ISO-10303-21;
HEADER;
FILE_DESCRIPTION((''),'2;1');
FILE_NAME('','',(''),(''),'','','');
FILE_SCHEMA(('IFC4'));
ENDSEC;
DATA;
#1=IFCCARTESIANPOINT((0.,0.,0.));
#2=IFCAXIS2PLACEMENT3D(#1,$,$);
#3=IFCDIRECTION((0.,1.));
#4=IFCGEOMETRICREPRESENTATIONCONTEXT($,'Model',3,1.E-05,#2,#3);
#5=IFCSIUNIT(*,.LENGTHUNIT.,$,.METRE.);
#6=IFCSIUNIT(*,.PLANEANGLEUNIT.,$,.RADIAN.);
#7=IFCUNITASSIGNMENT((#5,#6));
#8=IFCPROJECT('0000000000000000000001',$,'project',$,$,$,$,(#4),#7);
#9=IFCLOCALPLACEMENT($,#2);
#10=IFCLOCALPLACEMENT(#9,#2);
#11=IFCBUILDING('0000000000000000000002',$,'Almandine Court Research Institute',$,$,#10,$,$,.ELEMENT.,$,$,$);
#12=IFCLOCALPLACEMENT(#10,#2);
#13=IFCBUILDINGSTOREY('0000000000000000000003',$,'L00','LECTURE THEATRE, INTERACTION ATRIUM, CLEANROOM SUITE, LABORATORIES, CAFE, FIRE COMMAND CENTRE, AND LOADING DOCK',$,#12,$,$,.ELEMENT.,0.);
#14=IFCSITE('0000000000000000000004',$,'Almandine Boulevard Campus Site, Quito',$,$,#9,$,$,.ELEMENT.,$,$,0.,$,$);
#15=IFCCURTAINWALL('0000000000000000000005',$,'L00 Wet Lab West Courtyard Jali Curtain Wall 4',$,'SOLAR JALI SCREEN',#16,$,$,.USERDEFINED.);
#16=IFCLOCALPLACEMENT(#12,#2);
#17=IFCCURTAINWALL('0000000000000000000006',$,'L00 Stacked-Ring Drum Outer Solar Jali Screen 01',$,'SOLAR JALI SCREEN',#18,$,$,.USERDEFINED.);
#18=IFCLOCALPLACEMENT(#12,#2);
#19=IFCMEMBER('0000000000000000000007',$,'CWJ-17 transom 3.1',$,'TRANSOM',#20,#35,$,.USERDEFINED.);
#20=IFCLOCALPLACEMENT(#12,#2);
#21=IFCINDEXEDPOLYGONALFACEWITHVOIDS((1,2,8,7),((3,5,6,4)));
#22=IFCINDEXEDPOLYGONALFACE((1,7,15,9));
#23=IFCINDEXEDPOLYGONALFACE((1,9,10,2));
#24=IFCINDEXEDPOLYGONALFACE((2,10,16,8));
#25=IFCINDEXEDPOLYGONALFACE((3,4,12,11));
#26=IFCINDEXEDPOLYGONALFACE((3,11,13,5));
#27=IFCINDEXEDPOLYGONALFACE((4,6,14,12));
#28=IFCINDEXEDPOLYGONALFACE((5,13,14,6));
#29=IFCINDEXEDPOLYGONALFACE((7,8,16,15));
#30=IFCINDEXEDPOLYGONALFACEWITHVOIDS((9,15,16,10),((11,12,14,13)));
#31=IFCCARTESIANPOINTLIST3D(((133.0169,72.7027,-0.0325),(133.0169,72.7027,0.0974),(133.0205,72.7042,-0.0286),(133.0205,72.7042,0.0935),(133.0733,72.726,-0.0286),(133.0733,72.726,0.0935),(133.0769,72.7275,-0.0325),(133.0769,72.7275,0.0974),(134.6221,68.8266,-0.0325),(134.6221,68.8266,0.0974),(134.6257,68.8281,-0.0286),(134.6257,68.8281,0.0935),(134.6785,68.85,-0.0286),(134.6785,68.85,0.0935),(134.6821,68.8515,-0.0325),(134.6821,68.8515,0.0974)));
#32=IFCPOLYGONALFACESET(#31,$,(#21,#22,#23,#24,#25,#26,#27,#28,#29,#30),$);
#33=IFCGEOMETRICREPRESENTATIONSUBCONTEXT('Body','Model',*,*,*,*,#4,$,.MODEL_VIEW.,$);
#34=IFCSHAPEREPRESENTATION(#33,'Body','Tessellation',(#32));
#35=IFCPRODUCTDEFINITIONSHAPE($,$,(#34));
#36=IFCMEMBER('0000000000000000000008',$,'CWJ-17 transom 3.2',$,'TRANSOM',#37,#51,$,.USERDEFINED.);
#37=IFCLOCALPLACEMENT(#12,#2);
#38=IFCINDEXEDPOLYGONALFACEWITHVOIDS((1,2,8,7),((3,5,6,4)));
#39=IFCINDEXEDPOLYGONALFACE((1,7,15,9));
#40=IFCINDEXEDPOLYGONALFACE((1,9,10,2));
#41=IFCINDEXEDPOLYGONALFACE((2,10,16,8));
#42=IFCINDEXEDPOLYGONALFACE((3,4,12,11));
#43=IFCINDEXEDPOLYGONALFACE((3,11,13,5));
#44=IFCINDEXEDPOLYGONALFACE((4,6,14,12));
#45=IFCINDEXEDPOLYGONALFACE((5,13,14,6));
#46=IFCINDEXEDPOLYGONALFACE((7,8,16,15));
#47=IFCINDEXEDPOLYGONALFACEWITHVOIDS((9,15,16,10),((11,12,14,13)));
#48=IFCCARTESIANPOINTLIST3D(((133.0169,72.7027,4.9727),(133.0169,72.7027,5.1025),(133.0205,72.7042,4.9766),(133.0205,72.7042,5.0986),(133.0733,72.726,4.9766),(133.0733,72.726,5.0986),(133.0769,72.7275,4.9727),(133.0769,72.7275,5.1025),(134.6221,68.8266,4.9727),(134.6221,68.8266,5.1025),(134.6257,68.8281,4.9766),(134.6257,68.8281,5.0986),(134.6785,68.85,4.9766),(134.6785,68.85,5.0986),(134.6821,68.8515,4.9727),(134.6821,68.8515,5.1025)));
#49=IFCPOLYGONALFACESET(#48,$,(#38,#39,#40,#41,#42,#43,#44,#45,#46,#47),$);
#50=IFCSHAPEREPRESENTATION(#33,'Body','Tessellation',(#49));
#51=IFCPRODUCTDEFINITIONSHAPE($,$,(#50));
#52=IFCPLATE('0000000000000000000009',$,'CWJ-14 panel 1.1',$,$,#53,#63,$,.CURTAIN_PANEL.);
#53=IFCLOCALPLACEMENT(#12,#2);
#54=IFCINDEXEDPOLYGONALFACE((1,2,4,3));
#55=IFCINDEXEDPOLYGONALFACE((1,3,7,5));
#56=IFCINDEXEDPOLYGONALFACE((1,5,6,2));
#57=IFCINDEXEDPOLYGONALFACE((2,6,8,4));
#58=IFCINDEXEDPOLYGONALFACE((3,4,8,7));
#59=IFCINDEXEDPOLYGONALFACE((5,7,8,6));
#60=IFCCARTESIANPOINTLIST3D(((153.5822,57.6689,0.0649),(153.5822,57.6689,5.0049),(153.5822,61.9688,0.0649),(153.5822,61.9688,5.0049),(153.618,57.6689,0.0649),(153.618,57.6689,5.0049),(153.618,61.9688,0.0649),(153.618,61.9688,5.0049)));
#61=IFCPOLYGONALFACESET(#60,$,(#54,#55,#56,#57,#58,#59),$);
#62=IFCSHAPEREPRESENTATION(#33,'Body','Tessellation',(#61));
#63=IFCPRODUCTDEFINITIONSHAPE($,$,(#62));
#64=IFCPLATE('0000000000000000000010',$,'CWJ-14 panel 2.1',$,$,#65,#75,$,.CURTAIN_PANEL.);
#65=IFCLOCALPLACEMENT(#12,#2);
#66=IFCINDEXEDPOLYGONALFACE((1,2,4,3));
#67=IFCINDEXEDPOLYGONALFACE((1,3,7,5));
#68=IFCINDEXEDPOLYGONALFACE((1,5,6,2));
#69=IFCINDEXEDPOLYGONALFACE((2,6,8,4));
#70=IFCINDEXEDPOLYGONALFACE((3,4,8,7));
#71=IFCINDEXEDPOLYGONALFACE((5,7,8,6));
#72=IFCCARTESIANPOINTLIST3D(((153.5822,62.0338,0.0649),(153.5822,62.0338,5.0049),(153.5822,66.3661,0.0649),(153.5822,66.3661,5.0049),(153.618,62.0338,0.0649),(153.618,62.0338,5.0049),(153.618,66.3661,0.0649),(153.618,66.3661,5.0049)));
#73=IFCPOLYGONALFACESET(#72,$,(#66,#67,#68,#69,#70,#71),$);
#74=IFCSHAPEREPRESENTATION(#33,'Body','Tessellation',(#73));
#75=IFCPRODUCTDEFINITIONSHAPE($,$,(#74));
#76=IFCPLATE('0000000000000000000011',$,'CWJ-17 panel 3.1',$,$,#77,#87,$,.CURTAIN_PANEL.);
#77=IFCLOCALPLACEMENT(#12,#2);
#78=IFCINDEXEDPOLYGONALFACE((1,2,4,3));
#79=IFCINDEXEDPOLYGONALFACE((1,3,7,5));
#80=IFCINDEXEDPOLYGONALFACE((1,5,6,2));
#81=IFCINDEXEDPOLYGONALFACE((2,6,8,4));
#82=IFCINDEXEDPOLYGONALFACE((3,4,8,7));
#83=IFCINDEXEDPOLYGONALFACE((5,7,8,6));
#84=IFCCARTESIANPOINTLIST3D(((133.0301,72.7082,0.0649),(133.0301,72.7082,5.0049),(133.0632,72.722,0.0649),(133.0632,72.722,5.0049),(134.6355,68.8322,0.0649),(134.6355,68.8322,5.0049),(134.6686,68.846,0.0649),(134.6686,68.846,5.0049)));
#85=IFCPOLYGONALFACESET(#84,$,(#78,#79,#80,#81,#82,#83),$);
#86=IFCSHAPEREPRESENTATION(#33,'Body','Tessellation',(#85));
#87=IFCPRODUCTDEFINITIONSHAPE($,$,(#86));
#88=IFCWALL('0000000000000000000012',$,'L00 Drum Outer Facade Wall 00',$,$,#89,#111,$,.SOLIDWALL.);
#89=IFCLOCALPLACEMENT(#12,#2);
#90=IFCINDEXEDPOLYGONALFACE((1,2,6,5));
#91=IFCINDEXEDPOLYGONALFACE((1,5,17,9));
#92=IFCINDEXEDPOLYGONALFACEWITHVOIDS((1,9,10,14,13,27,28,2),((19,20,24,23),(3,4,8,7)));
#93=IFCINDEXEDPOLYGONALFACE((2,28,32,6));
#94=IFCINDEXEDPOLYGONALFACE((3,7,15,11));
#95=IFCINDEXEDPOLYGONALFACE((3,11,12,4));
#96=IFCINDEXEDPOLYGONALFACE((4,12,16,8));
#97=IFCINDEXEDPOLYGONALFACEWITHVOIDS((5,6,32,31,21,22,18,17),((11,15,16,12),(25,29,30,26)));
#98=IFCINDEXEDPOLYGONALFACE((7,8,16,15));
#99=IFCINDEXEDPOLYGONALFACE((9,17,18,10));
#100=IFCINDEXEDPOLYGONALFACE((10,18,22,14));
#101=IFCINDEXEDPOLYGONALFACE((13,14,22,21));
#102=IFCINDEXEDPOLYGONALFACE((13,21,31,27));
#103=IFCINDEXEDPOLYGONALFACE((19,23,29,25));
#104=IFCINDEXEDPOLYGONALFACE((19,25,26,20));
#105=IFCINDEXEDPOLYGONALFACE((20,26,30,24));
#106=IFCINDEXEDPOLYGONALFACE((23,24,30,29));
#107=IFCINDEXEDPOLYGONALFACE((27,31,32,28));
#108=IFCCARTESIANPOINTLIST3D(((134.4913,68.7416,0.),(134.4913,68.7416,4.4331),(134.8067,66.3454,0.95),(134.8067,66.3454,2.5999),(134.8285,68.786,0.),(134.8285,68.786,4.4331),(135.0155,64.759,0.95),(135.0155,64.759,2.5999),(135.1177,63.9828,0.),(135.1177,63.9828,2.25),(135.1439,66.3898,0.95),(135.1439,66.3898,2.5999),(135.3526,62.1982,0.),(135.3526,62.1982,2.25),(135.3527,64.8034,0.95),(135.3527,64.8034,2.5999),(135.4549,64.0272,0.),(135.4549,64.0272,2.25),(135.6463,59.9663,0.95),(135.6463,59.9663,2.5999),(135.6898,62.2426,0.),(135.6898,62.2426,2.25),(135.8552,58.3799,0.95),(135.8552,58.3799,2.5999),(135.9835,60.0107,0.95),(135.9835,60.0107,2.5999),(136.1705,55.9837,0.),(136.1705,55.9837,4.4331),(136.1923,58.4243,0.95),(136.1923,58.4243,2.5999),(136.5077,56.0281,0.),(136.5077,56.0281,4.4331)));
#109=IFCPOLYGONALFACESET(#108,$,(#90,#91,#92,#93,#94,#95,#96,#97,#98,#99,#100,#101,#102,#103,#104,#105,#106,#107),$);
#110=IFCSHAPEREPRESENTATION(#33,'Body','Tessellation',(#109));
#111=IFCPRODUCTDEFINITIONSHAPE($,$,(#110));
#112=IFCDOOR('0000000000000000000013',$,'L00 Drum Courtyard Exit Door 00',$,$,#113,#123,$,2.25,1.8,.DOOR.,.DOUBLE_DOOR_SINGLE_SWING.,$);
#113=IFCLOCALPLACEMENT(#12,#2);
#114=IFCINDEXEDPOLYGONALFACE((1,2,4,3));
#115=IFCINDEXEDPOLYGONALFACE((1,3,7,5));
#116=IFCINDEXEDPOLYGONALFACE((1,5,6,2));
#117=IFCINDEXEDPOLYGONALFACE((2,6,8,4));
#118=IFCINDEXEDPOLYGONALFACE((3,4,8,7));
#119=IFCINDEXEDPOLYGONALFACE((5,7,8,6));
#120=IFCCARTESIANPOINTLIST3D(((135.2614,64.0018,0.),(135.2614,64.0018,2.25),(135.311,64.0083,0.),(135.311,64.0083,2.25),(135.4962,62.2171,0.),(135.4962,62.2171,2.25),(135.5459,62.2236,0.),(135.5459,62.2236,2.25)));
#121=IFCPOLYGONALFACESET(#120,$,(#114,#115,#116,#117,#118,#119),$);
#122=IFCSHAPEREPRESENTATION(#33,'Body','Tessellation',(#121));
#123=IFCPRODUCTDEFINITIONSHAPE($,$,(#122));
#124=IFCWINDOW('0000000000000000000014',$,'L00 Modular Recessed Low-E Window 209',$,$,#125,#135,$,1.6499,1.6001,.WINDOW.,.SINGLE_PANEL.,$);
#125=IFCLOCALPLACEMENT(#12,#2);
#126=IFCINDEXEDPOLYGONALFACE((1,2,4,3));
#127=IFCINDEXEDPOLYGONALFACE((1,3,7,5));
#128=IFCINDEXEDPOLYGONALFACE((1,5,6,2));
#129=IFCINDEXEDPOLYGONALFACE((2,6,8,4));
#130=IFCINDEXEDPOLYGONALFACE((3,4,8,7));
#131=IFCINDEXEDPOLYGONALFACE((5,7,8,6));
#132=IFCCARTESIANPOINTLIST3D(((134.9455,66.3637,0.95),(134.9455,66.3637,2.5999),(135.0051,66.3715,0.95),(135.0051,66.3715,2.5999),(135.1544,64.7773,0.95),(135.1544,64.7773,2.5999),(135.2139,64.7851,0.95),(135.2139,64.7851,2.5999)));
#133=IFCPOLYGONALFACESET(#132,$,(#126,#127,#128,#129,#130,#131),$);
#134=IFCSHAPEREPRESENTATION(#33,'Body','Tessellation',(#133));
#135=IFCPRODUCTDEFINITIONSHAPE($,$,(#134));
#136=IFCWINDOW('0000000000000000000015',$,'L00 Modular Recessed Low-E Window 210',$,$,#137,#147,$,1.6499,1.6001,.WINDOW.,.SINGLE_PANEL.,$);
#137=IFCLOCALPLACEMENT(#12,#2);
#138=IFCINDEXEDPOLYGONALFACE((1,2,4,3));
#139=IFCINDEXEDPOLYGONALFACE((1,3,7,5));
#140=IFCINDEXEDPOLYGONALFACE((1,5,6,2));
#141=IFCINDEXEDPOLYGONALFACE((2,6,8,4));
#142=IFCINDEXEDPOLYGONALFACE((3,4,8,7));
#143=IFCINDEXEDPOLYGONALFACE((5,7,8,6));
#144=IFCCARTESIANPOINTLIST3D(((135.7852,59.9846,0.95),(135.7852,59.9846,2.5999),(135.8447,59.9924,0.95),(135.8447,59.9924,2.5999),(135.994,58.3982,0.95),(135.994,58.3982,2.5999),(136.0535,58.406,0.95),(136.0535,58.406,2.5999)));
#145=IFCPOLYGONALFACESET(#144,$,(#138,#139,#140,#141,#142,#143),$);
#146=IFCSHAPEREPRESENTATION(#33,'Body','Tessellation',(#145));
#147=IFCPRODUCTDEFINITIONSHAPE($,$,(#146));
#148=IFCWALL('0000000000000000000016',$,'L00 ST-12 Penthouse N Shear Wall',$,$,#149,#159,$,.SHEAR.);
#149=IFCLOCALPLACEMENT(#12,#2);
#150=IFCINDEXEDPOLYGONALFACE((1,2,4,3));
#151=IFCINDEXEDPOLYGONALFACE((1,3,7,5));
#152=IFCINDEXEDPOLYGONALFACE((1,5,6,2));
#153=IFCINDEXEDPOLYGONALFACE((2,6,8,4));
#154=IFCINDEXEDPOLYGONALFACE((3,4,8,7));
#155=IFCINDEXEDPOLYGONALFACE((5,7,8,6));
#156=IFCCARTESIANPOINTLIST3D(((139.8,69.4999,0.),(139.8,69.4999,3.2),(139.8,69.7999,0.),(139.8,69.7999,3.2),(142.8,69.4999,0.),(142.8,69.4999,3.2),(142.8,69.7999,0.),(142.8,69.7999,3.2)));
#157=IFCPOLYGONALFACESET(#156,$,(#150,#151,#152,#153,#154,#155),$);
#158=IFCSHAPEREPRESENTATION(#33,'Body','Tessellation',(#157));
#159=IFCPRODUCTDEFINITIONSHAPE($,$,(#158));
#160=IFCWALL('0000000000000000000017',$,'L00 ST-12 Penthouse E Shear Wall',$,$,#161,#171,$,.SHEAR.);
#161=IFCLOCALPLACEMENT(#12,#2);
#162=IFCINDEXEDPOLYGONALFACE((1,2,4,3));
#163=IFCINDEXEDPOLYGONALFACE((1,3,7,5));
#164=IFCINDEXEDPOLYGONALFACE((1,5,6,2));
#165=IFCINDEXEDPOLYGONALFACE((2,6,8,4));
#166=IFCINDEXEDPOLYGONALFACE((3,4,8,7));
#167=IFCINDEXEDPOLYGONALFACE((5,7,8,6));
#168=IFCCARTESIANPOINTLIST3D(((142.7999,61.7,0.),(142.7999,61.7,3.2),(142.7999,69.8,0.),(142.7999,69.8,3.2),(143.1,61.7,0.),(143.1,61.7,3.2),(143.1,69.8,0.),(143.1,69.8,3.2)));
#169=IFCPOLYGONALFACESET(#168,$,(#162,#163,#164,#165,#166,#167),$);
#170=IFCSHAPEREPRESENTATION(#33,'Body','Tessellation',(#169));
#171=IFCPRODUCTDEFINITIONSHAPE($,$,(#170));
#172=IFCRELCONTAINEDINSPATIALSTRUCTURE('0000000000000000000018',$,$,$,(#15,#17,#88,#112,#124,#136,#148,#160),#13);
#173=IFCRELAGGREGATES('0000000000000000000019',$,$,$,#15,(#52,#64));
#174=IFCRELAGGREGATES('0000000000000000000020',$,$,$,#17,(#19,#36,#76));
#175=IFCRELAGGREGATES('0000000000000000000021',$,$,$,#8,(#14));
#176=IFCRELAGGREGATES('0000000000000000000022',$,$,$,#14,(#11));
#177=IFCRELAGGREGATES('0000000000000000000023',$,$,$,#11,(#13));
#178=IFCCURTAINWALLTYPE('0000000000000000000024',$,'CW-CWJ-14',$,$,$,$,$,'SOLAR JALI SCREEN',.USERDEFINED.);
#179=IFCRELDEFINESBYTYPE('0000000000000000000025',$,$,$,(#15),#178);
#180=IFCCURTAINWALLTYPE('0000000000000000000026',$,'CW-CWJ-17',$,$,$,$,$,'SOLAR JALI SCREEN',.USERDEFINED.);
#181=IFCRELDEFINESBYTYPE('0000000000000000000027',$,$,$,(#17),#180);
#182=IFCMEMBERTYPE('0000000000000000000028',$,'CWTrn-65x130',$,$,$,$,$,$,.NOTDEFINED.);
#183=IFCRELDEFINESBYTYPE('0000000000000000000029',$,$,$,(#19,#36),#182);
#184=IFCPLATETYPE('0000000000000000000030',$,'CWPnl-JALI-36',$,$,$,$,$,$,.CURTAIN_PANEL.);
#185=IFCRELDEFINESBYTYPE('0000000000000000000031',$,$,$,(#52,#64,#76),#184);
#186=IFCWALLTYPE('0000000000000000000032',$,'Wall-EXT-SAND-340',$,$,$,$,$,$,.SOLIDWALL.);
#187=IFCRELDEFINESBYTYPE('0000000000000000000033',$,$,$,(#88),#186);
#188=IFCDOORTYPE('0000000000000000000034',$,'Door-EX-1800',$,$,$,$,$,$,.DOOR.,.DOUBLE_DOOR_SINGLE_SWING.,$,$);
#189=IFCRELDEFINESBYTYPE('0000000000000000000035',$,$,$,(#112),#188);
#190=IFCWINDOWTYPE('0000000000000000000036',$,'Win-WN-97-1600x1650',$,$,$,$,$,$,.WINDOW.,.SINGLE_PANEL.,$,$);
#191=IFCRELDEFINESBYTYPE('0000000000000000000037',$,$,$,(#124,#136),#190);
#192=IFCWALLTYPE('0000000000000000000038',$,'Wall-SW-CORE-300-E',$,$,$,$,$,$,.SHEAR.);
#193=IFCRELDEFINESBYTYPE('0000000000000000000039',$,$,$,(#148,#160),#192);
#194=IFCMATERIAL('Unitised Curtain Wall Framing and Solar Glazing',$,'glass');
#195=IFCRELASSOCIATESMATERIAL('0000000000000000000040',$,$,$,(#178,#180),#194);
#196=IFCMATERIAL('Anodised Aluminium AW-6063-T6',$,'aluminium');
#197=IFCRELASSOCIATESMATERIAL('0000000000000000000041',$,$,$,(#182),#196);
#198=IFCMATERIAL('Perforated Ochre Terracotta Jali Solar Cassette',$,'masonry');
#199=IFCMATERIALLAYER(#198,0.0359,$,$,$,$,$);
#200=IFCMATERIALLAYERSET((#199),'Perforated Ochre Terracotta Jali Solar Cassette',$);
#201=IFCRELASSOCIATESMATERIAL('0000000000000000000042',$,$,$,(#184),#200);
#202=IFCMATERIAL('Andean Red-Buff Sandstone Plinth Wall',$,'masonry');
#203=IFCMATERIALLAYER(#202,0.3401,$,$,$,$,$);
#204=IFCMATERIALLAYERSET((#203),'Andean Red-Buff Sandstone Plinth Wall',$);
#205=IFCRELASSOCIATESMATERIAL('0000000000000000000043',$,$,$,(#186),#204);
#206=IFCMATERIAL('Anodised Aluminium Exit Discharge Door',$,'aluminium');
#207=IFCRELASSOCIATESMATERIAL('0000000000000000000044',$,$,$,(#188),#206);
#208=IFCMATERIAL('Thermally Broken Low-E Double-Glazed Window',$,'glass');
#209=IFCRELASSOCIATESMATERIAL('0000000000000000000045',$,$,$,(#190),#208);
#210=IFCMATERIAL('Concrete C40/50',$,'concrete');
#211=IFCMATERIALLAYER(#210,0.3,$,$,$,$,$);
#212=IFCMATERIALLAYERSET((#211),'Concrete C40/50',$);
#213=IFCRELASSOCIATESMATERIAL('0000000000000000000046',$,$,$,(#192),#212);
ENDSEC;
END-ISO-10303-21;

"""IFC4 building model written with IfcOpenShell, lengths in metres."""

from ifc_helpers import new_model, si_unit, direction, frame, frame_2d, origin, origin_2d, place, context, subcontext, project, spatial, rectangle, hollow_rectangle, extrude, material, layer, layer_set, material_profile, profile_set, type_object, element, fill, aggregate, save


model = new_model("IFC4")

# Units and contexts
model_context = context("Model", 3, precision=1e-05, world=origin(), true_north=direction((0.0, 1.0)))
body_context = subcontext(model_context, "Body", "Model", "MODEL_VIEW")
ifc_project = project(units=[si_unit("LENGTHUNIT", "METRE"), si_unit("PLANEANGLEUNIT", "RADIAN")], contexts=[model_context])

# Site, building, storey
site_placement = place(None, origin())
site = spatial("IfcSite", under=ifc_project, at=site_placement, Name="Almandine Boulevard Campus Site, Quito", CompositionType="ELEMENT", RefElevation=0.0)
building_placement = place(site_placement, origin())
building = spatial("IfcBuilding", under=site, at=building_placement, Name="Almandine Court Research Institute", CompositionType="ELEMENT")
storey_placement = place(building_placement, origin())
storey = spatial("IfcBuildingStorey", under=building, at=storey_placement, Name="L00", Description="LECTURE THEATRE, INTERACTION ATRIUM, CLEANROOM SUITE, LABORATORIES, CAFE, FIRE COMMAND CENTRE, AND LOADING DOCK", CompositionType="ELEMENT", Elevation=0.0)

# Curtain wall
ifc_material_1 = material(Name="Unitised Curtain Wall Framing and Solar Glazing", Category="glass")
curtain_wall_type_1 = type_object("IfcCurtainWallType", Name="CW-CWJ-14", ElementType="SOLAR JALI SCREEN", PredefinedType="USERDEFINED", material=ifc_material_1)
curtain_wall_1_placement = place(storey_placement, origin())
curtain_wall_1 = element("IfcCurtainWall", 1, at=curtain_wall_1_placement, inside=storey, type_object=curtain_wall_type_1, Name="L00 Wet Lab West Courtyard Jali Curtain Wall 4", ObjectType="SOLAR JALI SCREEN", PredefinedType="USERDEFINED")
ifc_material_2 = material(Name="Anodised Aluminium AW-6063-T6", Category="aluminium")

# Curtain wall
curtain_wall_type_2 = type_object("IfcCurtainWallType", Name="CW-CWJ-17", ElementType="SOLAR JALI SCREEN", PredefinedType="USERDEFINED", material=ifc_material_1)
curtain_wall_2_placement = place(storey_placement, origin())
curtain_wall_2 = element("IfcCurtainWall", 2, at=curtain_wall_2_placement, inside=storey, type_object=curtain_wall_type_2, Name="L00 Stacked-Ring Drum Outer Solar Jali Screen 01", ObjectType="SOLAR JALI SCREEN", PredefinedType="USERDEFINED")

# Members
ifc_material_profile_1 = material_profile(ifc_material_2, hollow_rectangle(XDim=0.0649, YDim=0.1299, WallThickness=0.0039, at=origin_2d()), Name="ALU RHS 65x130x4")
ifc_profile_set_1 = profile_set([ifc_material_profile_1], Name="Anodised Aluminium AW-6063-T6")
member_type_1 = type_object("IfcMemberType", Name="CWTrn-65x130", PredefinedType="NOTDEFINED", material=ifc_profile_set_1)
member_1_placement = place(storey_placement, frame((133.0469, 72.7151, 0.0325), z_axis=(0.382631, -0.923901, 0.0), x_axis=(0.923901, 0.382631, 0.0)))
member_1 = element("IfcMember", 3, at=member_1_placement, type_object=member_type_1, Name="CWJ-17 transom 3.1", ObjectType="TRANSOM", PredefinedType="USERDEFINED", context=body_context, shape_type="SweptSolid", body=[
    extrude(hollow_rectangle(XDim=0.0649, YDim=0.1299, WallThickness=0.0039, at=origin_2d()), origin(), (0.0, 0.0, 1.0), 4.1953),
])
member_2_placement = place(storey_placement, frame((133.0469, 72.7151, 5.0376), z_axis=(0.382631, -0.923901, 0.0), x_axis=(0.923901, 0.382631, 0.0)))
member_2 = element("IfcMember", 4, at=member_2_placement, type_object=member_type_1, Name="CWJ-17 transom 3.2", ObjectType="TRANSOM", PredefinedType="USERDEFINED", context=body_context, shape_type="SweptSolid", body=[
    extrude(hollow_rectangle(XDim=0.0649, YDim=0.1299, WallThickness=0.0039, at=origin_2d()), origin(), (0.0, 0.0, 1.0), 4.1953),
])

# Plates
ifc_material_3 = material(Name="Perforated Ochre Terracotta Jali Solar Cassette", Category="masonry")
ifc_layer_1 = layer(ifc_material_3, 0.0359)
ifc_layer_set_1 = layer_set([ifc_layer_1], Name="Perforated Ochre Terracotta Jali Solar Cassette")
plate_type = type_object("IfcPlateType", Name="CWPnl-JALI-36", PredefinedType="CURTAIN_PANEL", material=ifc_layer_set_1)
plate_1_placement = place(storey_placement, frame((153.6001, 59.8188, 0.0649), z_axis=(0.0, 0.0, 1.0), x_axis=(0.0, 1.0, 0.0)))
plate_1 = element("IfcPlate", 5, at=plate_1_placement, type_object=plate_type, Name="CWJ-14 panel 1.1", PredefinedType="CURTAIN_PANEL", context=body_context, shape_type="SweptSolid", body=[
    extrude(rectangle(XDim=4.2998, YDim=0.0359, at=origin_2d()), origin(), (0.0, 0.0, 1.0), 4.9399),
])
plate_2_placement = place(storey_placement, frame((153.6001, 64.2, 0.0649), z_axis=(0.0, 0.0, 1.0), x_axis=(0.0, 1.0, 0.0)))
plate_2 = element("IfcPlate", 6, at=plate_2_placement, type_object=plate_type, Name="CWJ-14 panel 2.1", PredefinedType="CURTAIN_PANEL", context=body_context, shape_type="SweptSolid", body=[
    extrude(rectangle(XDim=4.3323, YDim=0.0359, at=origin_2d()), origin(), (0.0, 0.0, 1.0), 4.9399),
])
aggregate(curtain_wall_1, [plate_1, plate_2])
plate_3_placement = place(storey_placement, frame((133.8494, 70.7771, 0.0649), z_axis=(0.0, 0.0, 1.0), x_axis=(0.382663, -0.923888, 0.0)))
plate_3 = element("IfcPlate", 7, at=plate_3_placement, type_object=plate_type, Name="CWJ-17 panel 3.1", PredefinedType="CURTAIN_PANEL", context=body_context, shape_type="SweptSolid", body=[
    extrude(rectangle(XDim=4.1953, YDim=0.0359, at=origin_2d()), origin(), (0.0, 0.0, 1.0), 4.9399),
])
aggregate(curtain_wall_2, [member_1, member_2, plate_3])

# Wall, openings, door, windows
ifc_material_4 = material(Name="Andean Red-Buff Sandstone Plinth Wall", Category="masonry")
ifc_layer_2 = layer(ifc_material_4, 0.3401)
ifc_layer_set_2 = layer_set([ifc_layer_2], Name="Andean Red-Buff Sandstone Plinth Wall")
wall_type_1 = type_object("IfcWallType", Name="Wall-EXT-SAND-340", PredefinedType="SOLIDWALL", material=ifc_layer_set_2)
wall_1_placement = place(storey_placement, frame((134.6599, 68.7639, 0.0), z_axis=(0.0, 0.0, 1.0), x_axis=(0.130496, -0.991449, 0.0)))
wall_1 = element("IfcWall", 8, at=wall_1_placement, inside=storey, type_object=wall_type_1, Name="L00 Drum Outer Facade Wall 00", PredefinedType="SOLIDWALL", context=body_context, shape_type="SweptSolid", body=[
    extrude(rectangle(XDim=12.8679, YDim=0.3401, at=frame_2d((6.4341, 0.0))), origin(), (0.0, 0.0, 1.0), 4.4331),
])
opening_1_placement = place(wall_1_placement, frame((4.8, 0.0, 0.0)))
opening_1 = element("IfcOpeningElement", 9, at=opening_1_placement, cuts=wall_1, PredefinedType="OPENING", context=body_context, shape_type="SweptSolid", body=[
    extrude(rectangle(XDim=1.8, YDim=2.25, at=frame_2d((0.8999, 1.125))), frame((0.0, 0.1799, 0.0), z_axis=(0.0, -1.0, 0.0), x_axis=(1.0, 0.0, 0.0)), (0.0, 0.0, 1.0), 0.3601),
])
opening_2_placement = place(wall_1_placement, frame((2.417, 0.0, 0.95)))
opening_2 = element("IfcOpeningElement", 10, at=opening_2_placement, cuts=wall_1, PredefinedType="OPENING", context=body_context, shape_type="SweptSolid", body=[
    extrude(rectangle(XDim=1.6001, YDim=1.6499, at=frame_2d((0.8, 0.825))), frame((0.0, 0.1799, 0.0), z_axis=(0.0, -1.0, 0.0), x_axis=(1.0, 0.0, 0.0)), (0.0, 0.0, 1.0), 0.3601),
])
opening_3_placement = place(wall_1_placement, frame((8.8511, 0.0, 0.95)))
opening_3 = element("IfcOpeningElement", 11, at=opening_3_placement, cuts=wall_1, PredefinedType="OPENING", context=body_context, shape_type="SweptSolid", body=[
    extrude(rectangle(XDim=1.6001, YDim=1.6499, at=frame_2d((0.8, 0.825))), frame((0.0, 0.1799, 0.0), z_axis=(0.0, -1.0, 0.0), x_axis=(1.0, 0.0, 0.0)), (0.0, 0.0, 1.0), 0.3601),
])
ifc_material_5 = material(Name="Anodised Aluminium Exit Discharge Door", Category="aluminium")
door_type_1 = type_object("IfcDoorType", Name="Door-EX-1800", OperationType="DOUBLE_DOOR_SINGLE_SWING", PredefinedType="DOOR", material=ifc_material_5)
door_1_placement = place(opening_1_placement, origin())
door_1 = element("IfcDoor", 12, at=door_1_placement, inside=storey, type_object=door_type_1, Name="L00 Drum Courtyard Exit Door 00", OperationType="DOUBLE_DOOR_SINGLE_SWING", OverallHeight=2.25, OverallWidth=1.8, PredefinedType="DOOR", context=body_context, shape_type="SweptSolid", body=[
    extrude(rectangle(XDim=1.8, YDim=2.25, at=frame_2d((0.8999, 1.125))), frame((0.0, 0.0249, 0.0), z_axis=(0.0, -1.0, 0.0), x_axis=(1.0, 0.0, 0.0)), (0.0, 0.0, 1.0), 0.05),
])
fill(opening_1, door_1)
ifc_material_6 = material(Name="Thermally Broken Low-E Double-Glazed Window", Category="glass")
window_type = type_object("IfcWindowType", Name="Win-WN-97-1600x1650", PartitioningType="SINGLE_PANEL", PredefinedType="WINDOW", material=ifc_material_6)
window_1_placement = place(opening_2_placement, origin())
window_1 = element("IfcWindow", 13, at=window_1_placement, inside=storey, type_object=window_type, Name="L00 Modular Recessed Low-E Window 209", OverallHeight=1.6499, OverallWidth=1.6001, PartitioningType="SINGLE_PANEL", PredefinedType="WINDOW", context=body_context, shape_type="SweptSolid", body=[
    extrude(rectangle(XDim=1.6001, YDim=1.6499, at=frame_2d((0.8, 0.825))), frame((0.0, 0.03, 0.0), z_axis=(0.0, -1.0, 0.0), x_axis=(1.0, 0.0, 0.0)), (0.0, 0.0, 1.0), 0.0601),
])
fill(opening_2, window_1)
window_2_placement = place(opening_3_placement, origin())
window_2 = element("IfcWindow", 14, at=window_2_placement, inside=storey, type_object=window_type, Name="L00 Modular Recessed Low-E Window 210", OverallHeight=1.6499, OverallWidth=1.6001, PartitioningType="SINGLE_PANEL", PredefinedType="WINDOW", context=body_context, shape_type="SweptSolid", body=[
    extrude(rectangle(XDim=1.6001, YDim=1.6499, at=frame_2d((0.8, 0.825))), frame((0.0, 0.03, 0.0), z_axis=(0.0, -1.0, 0.0), x_axis=(1.0, 0.0, 0.0)), (0.0, 0.0, 1.0), 0.0601),
])
fill(opening_3, window_2)

# Shared definitions
ifc_material_7 = material(Name="Concrete C40/50", Category="concrete")
ifc_layer_3 = layer(ifc_material_7, 0.3)
ifc_layer_set_3 = layer_set([ifc_layer_3], Name="Concrete C40/50")
wall_type_2 = type_object("IfcWallType", Name="Wall-SW-CORE-300-E", PredefinedType="SHEAR", material=ifc_layer_set_3)

# Walls
wall_2_placement = place(storey_placement, frame((139.8, 69.6499, 0.0), z_axis=(0.0, 0.0, 1.0), x_axis=(1.0, 0.0, 0.0)))
element("IfcWall", 15, at=wall_2_placement, inside=storey, type_object=wall_type_2, Name="L00 ST-12 Penthouse N Shear Wall", PredefinedType="SHEAR", context=body_context, shape_type="SweptSolid", body=[
    extrude(rectangle(XDim=3.0, YDim=0.3, at=frame_2d((1.5, 0.0))), origin(), (0.0, 0.0, 1.0), 3.2),
])
wall_3_placement = place(storey_placement, frame((142.95, 69.8, 0.0), z_axis=(0.0, 0.0, 1.0), x_axis=(0.0, -1.0, 0.0)))
element("IfcWall", 16, at=wall_3_placement, inside=storey, type_object=wall_type_2, Name="L00 ST-12 Penthouse E Shear Wall", PredefinedType="SHEAR", context=body_context, shape_type="SweptSolid", body=[
    extrude(rectangle(XDim=8.1001, YDim=0.3, at=frame_2d((4.05, 0.0))), origin(), (0.0, 0.0, 1.0), 3.2),
])

save(model, "model.ifc")
